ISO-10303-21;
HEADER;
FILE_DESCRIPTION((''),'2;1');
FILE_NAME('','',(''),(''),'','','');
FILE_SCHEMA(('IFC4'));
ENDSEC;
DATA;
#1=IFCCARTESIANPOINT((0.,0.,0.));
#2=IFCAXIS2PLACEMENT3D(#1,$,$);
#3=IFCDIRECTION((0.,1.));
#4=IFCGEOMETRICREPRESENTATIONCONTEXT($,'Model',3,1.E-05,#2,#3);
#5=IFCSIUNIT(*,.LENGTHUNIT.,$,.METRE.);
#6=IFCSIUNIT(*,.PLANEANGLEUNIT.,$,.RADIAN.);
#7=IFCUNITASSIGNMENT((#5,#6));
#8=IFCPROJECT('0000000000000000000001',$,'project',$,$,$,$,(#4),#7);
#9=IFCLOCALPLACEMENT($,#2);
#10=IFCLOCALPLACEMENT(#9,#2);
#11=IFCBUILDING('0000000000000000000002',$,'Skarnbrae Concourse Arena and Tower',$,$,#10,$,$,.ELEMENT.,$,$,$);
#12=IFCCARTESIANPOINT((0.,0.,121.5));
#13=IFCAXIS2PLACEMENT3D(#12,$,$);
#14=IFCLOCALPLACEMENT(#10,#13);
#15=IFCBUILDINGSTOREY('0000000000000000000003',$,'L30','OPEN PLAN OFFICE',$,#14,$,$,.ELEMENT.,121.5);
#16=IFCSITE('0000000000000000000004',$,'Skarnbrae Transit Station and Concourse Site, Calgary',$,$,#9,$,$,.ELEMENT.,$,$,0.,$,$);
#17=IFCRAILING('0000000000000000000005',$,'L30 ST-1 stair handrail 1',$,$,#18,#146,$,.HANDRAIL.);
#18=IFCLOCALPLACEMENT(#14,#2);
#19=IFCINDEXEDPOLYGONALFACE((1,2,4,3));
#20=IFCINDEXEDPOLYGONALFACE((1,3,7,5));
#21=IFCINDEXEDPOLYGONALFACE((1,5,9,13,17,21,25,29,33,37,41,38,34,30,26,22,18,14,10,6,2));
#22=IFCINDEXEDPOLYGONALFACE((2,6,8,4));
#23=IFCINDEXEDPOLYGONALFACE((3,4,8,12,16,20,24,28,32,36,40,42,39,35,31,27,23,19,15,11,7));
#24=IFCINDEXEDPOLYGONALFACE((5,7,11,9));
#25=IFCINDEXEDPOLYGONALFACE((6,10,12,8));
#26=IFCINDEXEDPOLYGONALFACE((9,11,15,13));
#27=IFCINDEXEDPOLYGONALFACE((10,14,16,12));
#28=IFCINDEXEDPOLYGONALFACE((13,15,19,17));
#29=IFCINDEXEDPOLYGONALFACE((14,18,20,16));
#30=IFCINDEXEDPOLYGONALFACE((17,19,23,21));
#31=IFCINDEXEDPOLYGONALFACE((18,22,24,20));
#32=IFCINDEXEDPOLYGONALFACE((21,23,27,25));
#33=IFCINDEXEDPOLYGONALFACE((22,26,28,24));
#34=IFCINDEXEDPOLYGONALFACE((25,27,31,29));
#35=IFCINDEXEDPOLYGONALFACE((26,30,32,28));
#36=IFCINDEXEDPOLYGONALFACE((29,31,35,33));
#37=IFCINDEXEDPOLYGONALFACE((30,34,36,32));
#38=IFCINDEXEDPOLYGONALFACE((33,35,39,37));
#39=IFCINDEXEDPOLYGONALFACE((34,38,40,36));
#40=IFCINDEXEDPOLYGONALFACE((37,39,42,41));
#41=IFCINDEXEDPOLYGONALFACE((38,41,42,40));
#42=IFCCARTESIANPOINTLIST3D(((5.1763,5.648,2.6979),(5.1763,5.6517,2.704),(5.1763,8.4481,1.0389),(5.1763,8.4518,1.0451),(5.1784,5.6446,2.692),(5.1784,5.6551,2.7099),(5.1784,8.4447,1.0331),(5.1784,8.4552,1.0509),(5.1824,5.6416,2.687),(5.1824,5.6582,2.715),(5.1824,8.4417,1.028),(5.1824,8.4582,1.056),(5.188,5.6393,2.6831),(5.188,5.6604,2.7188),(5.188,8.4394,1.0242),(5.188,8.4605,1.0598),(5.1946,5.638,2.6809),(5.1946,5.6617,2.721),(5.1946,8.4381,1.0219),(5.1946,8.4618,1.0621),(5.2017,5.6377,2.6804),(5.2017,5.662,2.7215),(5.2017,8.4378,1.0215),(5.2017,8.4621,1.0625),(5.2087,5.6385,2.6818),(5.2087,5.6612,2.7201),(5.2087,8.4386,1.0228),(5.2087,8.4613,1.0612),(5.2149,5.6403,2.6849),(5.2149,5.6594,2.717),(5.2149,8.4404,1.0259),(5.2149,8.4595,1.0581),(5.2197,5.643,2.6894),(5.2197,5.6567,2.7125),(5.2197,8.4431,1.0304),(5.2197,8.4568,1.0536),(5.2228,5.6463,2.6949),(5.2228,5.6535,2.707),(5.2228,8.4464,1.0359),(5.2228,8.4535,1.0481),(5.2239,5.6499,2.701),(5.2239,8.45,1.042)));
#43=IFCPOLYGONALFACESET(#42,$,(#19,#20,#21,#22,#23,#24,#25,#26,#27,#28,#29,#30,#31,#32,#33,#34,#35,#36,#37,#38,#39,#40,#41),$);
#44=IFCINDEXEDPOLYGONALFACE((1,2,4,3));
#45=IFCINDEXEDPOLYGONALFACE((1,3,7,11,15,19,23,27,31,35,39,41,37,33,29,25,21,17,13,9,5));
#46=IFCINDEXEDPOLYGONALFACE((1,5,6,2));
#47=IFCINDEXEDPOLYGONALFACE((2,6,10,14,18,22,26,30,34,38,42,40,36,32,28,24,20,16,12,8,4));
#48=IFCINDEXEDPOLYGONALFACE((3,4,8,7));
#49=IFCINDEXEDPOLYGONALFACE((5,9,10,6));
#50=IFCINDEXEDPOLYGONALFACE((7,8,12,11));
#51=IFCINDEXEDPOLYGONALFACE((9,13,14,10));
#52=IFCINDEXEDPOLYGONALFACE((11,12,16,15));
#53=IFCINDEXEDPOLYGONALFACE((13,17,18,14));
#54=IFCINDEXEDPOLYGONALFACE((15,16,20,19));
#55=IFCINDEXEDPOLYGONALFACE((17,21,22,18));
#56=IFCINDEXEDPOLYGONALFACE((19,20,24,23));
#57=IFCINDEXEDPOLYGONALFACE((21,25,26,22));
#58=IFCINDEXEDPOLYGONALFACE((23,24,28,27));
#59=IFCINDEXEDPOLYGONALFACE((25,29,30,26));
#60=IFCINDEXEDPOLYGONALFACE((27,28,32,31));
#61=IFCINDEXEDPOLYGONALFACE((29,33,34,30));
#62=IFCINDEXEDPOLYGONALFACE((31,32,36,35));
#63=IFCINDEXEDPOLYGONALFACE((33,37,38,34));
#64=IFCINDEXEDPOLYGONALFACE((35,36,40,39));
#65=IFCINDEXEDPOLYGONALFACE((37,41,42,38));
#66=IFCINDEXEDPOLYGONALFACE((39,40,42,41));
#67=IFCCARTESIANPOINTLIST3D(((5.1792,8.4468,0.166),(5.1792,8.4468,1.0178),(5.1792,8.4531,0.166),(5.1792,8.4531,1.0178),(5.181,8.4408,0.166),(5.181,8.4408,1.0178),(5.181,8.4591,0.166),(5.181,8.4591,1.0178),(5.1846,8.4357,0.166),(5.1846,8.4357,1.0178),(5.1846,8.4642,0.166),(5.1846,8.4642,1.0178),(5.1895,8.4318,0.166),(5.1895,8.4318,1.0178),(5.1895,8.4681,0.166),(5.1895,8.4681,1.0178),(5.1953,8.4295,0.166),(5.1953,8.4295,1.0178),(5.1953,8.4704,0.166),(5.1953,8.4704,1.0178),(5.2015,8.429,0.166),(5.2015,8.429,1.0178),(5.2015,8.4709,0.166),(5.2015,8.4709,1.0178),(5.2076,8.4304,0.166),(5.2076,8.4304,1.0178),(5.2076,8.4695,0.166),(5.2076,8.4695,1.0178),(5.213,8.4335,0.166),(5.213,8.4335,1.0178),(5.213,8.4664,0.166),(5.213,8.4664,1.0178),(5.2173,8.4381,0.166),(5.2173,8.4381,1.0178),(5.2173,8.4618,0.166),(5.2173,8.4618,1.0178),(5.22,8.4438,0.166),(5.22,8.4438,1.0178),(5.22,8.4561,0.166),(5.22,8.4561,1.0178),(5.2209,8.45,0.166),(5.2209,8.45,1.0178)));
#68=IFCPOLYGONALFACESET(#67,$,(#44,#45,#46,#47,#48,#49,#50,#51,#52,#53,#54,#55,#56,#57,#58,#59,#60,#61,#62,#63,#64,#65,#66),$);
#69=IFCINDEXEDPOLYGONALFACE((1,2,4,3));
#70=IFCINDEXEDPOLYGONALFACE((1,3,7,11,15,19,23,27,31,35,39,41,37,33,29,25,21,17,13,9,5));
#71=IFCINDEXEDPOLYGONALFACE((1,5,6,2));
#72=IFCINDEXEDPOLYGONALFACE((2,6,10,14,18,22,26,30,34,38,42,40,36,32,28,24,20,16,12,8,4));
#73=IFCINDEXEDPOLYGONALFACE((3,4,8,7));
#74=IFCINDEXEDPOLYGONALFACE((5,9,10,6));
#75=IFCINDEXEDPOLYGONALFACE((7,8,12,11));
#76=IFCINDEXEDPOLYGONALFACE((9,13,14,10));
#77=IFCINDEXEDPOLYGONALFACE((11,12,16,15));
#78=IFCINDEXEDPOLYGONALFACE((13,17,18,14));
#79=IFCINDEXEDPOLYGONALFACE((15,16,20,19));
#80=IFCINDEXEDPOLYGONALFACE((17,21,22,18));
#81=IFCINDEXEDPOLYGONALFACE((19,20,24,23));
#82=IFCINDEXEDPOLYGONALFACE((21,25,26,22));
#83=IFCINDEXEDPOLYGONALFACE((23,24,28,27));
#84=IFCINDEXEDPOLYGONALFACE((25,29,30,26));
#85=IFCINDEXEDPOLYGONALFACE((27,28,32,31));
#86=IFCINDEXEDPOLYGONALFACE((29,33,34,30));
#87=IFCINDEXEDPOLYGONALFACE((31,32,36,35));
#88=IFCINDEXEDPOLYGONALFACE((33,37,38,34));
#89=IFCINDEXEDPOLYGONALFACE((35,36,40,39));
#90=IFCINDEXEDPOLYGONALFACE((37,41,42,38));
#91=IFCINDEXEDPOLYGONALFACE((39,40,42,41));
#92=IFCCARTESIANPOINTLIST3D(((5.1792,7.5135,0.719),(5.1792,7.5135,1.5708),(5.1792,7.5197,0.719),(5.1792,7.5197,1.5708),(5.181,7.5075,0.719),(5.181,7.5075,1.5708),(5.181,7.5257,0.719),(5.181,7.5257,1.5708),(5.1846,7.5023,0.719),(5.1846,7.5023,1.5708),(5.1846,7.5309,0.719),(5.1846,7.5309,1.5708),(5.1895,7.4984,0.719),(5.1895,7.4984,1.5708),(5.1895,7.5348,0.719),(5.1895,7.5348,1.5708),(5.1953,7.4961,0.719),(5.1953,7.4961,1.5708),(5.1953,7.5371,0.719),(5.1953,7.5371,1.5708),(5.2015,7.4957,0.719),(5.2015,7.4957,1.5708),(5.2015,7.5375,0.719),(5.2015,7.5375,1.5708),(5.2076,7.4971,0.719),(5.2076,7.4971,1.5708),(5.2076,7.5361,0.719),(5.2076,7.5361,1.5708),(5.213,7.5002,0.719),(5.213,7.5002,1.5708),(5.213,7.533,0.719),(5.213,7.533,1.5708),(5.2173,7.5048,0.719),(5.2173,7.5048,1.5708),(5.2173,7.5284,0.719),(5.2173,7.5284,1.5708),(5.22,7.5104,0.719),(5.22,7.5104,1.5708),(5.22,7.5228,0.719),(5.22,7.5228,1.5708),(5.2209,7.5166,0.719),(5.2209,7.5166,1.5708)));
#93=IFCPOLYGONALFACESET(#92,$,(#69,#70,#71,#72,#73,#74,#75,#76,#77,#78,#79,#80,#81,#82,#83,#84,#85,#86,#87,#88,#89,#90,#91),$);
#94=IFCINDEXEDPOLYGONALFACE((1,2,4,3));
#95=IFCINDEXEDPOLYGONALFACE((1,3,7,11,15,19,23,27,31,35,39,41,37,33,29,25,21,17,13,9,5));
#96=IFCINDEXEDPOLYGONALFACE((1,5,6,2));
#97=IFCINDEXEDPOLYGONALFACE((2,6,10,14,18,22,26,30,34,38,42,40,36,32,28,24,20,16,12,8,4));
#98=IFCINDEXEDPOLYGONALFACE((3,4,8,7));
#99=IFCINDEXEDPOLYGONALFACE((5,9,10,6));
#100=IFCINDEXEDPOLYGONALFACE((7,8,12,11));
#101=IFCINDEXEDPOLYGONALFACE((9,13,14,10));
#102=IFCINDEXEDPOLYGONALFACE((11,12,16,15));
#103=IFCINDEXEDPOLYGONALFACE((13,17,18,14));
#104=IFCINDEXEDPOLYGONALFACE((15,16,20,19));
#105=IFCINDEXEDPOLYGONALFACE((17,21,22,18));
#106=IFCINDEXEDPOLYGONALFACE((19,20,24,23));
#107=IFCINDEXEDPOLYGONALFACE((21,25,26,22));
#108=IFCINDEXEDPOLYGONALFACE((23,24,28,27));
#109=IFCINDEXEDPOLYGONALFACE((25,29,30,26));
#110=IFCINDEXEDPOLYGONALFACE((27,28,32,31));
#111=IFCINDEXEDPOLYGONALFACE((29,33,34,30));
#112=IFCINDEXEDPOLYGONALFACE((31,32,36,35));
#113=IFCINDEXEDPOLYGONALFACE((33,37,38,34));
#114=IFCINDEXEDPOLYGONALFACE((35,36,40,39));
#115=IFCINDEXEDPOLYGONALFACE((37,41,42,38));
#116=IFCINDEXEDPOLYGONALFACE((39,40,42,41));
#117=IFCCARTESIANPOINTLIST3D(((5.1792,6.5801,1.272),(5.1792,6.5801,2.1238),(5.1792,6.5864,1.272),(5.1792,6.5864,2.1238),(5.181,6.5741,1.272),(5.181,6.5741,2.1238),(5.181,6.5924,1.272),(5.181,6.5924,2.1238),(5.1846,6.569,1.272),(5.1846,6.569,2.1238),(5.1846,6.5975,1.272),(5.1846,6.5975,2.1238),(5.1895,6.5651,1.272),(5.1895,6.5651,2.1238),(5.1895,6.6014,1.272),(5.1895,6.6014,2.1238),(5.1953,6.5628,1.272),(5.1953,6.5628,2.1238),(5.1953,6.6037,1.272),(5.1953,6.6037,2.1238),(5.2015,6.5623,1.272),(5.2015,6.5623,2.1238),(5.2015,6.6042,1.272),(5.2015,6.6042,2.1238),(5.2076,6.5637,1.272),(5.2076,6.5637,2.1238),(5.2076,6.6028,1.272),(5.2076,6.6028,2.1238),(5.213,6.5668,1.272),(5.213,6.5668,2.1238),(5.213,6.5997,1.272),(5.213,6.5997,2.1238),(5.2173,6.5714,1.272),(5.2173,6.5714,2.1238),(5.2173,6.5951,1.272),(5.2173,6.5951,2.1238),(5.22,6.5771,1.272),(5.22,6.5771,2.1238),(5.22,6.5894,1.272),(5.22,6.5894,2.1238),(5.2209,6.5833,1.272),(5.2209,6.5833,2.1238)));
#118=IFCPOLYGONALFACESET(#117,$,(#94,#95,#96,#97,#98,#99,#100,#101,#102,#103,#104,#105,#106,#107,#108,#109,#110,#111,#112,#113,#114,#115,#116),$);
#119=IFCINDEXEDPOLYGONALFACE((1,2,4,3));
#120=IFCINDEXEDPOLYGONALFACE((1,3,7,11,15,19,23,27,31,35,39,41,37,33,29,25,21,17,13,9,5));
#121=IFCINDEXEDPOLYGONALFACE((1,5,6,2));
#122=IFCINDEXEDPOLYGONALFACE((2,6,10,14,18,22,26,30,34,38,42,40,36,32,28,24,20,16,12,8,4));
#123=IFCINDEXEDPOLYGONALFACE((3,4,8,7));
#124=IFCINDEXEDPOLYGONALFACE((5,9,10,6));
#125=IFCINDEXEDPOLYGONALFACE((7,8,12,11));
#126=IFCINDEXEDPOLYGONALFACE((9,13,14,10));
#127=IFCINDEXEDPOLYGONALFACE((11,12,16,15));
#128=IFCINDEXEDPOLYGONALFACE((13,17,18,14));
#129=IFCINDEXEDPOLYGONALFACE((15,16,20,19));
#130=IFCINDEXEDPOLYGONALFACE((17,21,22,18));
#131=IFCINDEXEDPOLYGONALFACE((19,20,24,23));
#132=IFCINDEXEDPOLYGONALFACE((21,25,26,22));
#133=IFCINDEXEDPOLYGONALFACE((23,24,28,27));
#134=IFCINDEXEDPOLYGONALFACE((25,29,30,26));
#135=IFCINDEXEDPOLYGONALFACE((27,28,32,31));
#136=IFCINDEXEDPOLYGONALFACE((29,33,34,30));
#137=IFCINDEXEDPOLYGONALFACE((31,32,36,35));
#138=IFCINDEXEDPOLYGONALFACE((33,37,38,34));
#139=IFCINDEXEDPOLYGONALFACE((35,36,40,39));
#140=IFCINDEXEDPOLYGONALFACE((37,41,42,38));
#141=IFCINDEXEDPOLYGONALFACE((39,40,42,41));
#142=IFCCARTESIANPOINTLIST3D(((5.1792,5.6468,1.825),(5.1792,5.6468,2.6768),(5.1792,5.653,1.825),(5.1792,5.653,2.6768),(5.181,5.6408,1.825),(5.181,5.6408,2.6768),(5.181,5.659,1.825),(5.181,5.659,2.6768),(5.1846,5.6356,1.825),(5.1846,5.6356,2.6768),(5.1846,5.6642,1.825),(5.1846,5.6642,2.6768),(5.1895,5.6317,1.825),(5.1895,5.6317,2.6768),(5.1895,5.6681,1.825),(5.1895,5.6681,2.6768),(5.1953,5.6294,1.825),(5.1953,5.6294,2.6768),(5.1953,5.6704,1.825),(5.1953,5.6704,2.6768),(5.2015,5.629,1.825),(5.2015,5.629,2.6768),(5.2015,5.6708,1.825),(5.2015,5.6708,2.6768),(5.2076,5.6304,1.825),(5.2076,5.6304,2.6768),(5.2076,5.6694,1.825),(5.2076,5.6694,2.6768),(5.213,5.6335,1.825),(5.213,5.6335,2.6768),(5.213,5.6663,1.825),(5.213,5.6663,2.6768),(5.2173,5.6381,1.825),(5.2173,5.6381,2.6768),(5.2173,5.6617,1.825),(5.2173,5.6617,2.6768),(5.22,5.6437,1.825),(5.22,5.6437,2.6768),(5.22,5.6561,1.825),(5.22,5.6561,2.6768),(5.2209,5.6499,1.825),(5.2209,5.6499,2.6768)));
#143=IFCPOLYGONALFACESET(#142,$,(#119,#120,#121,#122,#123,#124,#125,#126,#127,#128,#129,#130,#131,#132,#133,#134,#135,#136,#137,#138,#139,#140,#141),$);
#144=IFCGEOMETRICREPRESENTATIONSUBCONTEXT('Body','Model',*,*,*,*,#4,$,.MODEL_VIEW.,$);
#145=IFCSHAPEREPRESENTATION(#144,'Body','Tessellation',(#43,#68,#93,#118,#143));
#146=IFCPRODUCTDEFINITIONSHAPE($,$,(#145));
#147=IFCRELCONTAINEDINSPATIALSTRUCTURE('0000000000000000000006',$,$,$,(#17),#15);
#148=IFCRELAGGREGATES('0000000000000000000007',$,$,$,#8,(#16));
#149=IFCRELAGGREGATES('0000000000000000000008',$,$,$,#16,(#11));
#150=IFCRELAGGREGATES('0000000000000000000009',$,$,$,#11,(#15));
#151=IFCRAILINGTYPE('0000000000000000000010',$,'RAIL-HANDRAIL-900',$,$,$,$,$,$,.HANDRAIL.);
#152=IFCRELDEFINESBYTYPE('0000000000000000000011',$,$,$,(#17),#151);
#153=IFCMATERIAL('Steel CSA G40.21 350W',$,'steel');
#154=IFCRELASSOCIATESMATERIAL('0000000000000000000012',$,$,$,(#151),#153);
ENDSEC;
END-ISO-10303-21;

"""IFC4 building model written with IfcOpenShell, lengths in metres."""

from ifc_helpers import new_model, si_unit, direction, frame, origin, origin_2d, place, context, subcontext, project, spatial, circle, extrude, material, type_object, element, save


model = new_model("IFC4")

# Units and contexts
model_context = context("Model", 3, precision=1e-05, world=origin(), true_north=direction((0.0, 1.0)))
body_context = subcontext(model_context, "Body", "Model", "MODEL_VIEW")
ifc_project = project(units=[si_unit("LENGTHUNIT", "METRE"), si_unit("PLANEANGLEUNIT", "RADIAN")], contexts=[model_context])

# Site, building, storey
site_placement = place(None, origin())
site = spatial("IfcSite", under=ifc_project, at=site_placement, Name="Skarnbrae Transit Station and Concourse Site, Calgary", CompositionType="ELEMENT", RefElevation=0.0)
building_placement = place(site_placement, origin())
building = spatial("IfcBuilding", under=site, at=building_placement, Name="Skarnbrae Concourse Arena and Tower", CompositionType="ELEMENT")
storey_placement = place(building_placement, frame((0.0, 0.0, 121.5)))
storey = spatial("IfcBuildingStorey", under=building, at=storey_placement, Name="L30", Description="OPEN PLAN OFFICE", CompositionType="ELEMENT", Elevation=121.5)

# Shared definitions
ifc_material_1 = material(Name="Steel CSA G40.21 350W", Category="steel")

# Railing
railing_type_1 = type_object("IfcRailingType", Name="RAIL-HANDRAIL-900", PredefinedType="HANDRAIL", material=ifc_material_1)
railing_1_placement = place(storey_placement, frame((5.2, 8.45, 0.166)))
element("IfcRailing", 1, at=railing_1_placement, inside=storey, type_object=railing_type_1, Name="L30 ST-1 stair handrail 1", PredefinedType="HANDRAIL", context=body_context, shape_type="SweptSolid", body=[
    extrude(circle(Radius=0.0239, at=origin_2d()), frame((0.0, 0.0, 0.876), z_axis=(0.0, -0.860339, 0.509722), x_axis=(1.0, 0.0, 0.0)), (0.0, 0.0, 1.0), 3.2546),
    extrude(circle(Radius=0.021, at=origin_2d()), origin(), (0.0, 0.0, 1.0), 0.8518),
    extrude(circle(Radius=0.021, at=origin_2d()), frame((0.0, -0.9333, 0.553)), (0.0, 0.0, 1.0), 0.8518),
    extrude(circle(Radius=0.021, at=origin_2d()), frame((0.0, -1.8667, 1.106)), (0.0, 0.0, 1.0), 0.8518),
    extrude(circle(Radius=0.021, at=origin_2d()), frame((0.0, -2.8, 1.6589)), (0.0, 0.0, 1.0), 0.8518),
])

save(model, "model.ifc")
